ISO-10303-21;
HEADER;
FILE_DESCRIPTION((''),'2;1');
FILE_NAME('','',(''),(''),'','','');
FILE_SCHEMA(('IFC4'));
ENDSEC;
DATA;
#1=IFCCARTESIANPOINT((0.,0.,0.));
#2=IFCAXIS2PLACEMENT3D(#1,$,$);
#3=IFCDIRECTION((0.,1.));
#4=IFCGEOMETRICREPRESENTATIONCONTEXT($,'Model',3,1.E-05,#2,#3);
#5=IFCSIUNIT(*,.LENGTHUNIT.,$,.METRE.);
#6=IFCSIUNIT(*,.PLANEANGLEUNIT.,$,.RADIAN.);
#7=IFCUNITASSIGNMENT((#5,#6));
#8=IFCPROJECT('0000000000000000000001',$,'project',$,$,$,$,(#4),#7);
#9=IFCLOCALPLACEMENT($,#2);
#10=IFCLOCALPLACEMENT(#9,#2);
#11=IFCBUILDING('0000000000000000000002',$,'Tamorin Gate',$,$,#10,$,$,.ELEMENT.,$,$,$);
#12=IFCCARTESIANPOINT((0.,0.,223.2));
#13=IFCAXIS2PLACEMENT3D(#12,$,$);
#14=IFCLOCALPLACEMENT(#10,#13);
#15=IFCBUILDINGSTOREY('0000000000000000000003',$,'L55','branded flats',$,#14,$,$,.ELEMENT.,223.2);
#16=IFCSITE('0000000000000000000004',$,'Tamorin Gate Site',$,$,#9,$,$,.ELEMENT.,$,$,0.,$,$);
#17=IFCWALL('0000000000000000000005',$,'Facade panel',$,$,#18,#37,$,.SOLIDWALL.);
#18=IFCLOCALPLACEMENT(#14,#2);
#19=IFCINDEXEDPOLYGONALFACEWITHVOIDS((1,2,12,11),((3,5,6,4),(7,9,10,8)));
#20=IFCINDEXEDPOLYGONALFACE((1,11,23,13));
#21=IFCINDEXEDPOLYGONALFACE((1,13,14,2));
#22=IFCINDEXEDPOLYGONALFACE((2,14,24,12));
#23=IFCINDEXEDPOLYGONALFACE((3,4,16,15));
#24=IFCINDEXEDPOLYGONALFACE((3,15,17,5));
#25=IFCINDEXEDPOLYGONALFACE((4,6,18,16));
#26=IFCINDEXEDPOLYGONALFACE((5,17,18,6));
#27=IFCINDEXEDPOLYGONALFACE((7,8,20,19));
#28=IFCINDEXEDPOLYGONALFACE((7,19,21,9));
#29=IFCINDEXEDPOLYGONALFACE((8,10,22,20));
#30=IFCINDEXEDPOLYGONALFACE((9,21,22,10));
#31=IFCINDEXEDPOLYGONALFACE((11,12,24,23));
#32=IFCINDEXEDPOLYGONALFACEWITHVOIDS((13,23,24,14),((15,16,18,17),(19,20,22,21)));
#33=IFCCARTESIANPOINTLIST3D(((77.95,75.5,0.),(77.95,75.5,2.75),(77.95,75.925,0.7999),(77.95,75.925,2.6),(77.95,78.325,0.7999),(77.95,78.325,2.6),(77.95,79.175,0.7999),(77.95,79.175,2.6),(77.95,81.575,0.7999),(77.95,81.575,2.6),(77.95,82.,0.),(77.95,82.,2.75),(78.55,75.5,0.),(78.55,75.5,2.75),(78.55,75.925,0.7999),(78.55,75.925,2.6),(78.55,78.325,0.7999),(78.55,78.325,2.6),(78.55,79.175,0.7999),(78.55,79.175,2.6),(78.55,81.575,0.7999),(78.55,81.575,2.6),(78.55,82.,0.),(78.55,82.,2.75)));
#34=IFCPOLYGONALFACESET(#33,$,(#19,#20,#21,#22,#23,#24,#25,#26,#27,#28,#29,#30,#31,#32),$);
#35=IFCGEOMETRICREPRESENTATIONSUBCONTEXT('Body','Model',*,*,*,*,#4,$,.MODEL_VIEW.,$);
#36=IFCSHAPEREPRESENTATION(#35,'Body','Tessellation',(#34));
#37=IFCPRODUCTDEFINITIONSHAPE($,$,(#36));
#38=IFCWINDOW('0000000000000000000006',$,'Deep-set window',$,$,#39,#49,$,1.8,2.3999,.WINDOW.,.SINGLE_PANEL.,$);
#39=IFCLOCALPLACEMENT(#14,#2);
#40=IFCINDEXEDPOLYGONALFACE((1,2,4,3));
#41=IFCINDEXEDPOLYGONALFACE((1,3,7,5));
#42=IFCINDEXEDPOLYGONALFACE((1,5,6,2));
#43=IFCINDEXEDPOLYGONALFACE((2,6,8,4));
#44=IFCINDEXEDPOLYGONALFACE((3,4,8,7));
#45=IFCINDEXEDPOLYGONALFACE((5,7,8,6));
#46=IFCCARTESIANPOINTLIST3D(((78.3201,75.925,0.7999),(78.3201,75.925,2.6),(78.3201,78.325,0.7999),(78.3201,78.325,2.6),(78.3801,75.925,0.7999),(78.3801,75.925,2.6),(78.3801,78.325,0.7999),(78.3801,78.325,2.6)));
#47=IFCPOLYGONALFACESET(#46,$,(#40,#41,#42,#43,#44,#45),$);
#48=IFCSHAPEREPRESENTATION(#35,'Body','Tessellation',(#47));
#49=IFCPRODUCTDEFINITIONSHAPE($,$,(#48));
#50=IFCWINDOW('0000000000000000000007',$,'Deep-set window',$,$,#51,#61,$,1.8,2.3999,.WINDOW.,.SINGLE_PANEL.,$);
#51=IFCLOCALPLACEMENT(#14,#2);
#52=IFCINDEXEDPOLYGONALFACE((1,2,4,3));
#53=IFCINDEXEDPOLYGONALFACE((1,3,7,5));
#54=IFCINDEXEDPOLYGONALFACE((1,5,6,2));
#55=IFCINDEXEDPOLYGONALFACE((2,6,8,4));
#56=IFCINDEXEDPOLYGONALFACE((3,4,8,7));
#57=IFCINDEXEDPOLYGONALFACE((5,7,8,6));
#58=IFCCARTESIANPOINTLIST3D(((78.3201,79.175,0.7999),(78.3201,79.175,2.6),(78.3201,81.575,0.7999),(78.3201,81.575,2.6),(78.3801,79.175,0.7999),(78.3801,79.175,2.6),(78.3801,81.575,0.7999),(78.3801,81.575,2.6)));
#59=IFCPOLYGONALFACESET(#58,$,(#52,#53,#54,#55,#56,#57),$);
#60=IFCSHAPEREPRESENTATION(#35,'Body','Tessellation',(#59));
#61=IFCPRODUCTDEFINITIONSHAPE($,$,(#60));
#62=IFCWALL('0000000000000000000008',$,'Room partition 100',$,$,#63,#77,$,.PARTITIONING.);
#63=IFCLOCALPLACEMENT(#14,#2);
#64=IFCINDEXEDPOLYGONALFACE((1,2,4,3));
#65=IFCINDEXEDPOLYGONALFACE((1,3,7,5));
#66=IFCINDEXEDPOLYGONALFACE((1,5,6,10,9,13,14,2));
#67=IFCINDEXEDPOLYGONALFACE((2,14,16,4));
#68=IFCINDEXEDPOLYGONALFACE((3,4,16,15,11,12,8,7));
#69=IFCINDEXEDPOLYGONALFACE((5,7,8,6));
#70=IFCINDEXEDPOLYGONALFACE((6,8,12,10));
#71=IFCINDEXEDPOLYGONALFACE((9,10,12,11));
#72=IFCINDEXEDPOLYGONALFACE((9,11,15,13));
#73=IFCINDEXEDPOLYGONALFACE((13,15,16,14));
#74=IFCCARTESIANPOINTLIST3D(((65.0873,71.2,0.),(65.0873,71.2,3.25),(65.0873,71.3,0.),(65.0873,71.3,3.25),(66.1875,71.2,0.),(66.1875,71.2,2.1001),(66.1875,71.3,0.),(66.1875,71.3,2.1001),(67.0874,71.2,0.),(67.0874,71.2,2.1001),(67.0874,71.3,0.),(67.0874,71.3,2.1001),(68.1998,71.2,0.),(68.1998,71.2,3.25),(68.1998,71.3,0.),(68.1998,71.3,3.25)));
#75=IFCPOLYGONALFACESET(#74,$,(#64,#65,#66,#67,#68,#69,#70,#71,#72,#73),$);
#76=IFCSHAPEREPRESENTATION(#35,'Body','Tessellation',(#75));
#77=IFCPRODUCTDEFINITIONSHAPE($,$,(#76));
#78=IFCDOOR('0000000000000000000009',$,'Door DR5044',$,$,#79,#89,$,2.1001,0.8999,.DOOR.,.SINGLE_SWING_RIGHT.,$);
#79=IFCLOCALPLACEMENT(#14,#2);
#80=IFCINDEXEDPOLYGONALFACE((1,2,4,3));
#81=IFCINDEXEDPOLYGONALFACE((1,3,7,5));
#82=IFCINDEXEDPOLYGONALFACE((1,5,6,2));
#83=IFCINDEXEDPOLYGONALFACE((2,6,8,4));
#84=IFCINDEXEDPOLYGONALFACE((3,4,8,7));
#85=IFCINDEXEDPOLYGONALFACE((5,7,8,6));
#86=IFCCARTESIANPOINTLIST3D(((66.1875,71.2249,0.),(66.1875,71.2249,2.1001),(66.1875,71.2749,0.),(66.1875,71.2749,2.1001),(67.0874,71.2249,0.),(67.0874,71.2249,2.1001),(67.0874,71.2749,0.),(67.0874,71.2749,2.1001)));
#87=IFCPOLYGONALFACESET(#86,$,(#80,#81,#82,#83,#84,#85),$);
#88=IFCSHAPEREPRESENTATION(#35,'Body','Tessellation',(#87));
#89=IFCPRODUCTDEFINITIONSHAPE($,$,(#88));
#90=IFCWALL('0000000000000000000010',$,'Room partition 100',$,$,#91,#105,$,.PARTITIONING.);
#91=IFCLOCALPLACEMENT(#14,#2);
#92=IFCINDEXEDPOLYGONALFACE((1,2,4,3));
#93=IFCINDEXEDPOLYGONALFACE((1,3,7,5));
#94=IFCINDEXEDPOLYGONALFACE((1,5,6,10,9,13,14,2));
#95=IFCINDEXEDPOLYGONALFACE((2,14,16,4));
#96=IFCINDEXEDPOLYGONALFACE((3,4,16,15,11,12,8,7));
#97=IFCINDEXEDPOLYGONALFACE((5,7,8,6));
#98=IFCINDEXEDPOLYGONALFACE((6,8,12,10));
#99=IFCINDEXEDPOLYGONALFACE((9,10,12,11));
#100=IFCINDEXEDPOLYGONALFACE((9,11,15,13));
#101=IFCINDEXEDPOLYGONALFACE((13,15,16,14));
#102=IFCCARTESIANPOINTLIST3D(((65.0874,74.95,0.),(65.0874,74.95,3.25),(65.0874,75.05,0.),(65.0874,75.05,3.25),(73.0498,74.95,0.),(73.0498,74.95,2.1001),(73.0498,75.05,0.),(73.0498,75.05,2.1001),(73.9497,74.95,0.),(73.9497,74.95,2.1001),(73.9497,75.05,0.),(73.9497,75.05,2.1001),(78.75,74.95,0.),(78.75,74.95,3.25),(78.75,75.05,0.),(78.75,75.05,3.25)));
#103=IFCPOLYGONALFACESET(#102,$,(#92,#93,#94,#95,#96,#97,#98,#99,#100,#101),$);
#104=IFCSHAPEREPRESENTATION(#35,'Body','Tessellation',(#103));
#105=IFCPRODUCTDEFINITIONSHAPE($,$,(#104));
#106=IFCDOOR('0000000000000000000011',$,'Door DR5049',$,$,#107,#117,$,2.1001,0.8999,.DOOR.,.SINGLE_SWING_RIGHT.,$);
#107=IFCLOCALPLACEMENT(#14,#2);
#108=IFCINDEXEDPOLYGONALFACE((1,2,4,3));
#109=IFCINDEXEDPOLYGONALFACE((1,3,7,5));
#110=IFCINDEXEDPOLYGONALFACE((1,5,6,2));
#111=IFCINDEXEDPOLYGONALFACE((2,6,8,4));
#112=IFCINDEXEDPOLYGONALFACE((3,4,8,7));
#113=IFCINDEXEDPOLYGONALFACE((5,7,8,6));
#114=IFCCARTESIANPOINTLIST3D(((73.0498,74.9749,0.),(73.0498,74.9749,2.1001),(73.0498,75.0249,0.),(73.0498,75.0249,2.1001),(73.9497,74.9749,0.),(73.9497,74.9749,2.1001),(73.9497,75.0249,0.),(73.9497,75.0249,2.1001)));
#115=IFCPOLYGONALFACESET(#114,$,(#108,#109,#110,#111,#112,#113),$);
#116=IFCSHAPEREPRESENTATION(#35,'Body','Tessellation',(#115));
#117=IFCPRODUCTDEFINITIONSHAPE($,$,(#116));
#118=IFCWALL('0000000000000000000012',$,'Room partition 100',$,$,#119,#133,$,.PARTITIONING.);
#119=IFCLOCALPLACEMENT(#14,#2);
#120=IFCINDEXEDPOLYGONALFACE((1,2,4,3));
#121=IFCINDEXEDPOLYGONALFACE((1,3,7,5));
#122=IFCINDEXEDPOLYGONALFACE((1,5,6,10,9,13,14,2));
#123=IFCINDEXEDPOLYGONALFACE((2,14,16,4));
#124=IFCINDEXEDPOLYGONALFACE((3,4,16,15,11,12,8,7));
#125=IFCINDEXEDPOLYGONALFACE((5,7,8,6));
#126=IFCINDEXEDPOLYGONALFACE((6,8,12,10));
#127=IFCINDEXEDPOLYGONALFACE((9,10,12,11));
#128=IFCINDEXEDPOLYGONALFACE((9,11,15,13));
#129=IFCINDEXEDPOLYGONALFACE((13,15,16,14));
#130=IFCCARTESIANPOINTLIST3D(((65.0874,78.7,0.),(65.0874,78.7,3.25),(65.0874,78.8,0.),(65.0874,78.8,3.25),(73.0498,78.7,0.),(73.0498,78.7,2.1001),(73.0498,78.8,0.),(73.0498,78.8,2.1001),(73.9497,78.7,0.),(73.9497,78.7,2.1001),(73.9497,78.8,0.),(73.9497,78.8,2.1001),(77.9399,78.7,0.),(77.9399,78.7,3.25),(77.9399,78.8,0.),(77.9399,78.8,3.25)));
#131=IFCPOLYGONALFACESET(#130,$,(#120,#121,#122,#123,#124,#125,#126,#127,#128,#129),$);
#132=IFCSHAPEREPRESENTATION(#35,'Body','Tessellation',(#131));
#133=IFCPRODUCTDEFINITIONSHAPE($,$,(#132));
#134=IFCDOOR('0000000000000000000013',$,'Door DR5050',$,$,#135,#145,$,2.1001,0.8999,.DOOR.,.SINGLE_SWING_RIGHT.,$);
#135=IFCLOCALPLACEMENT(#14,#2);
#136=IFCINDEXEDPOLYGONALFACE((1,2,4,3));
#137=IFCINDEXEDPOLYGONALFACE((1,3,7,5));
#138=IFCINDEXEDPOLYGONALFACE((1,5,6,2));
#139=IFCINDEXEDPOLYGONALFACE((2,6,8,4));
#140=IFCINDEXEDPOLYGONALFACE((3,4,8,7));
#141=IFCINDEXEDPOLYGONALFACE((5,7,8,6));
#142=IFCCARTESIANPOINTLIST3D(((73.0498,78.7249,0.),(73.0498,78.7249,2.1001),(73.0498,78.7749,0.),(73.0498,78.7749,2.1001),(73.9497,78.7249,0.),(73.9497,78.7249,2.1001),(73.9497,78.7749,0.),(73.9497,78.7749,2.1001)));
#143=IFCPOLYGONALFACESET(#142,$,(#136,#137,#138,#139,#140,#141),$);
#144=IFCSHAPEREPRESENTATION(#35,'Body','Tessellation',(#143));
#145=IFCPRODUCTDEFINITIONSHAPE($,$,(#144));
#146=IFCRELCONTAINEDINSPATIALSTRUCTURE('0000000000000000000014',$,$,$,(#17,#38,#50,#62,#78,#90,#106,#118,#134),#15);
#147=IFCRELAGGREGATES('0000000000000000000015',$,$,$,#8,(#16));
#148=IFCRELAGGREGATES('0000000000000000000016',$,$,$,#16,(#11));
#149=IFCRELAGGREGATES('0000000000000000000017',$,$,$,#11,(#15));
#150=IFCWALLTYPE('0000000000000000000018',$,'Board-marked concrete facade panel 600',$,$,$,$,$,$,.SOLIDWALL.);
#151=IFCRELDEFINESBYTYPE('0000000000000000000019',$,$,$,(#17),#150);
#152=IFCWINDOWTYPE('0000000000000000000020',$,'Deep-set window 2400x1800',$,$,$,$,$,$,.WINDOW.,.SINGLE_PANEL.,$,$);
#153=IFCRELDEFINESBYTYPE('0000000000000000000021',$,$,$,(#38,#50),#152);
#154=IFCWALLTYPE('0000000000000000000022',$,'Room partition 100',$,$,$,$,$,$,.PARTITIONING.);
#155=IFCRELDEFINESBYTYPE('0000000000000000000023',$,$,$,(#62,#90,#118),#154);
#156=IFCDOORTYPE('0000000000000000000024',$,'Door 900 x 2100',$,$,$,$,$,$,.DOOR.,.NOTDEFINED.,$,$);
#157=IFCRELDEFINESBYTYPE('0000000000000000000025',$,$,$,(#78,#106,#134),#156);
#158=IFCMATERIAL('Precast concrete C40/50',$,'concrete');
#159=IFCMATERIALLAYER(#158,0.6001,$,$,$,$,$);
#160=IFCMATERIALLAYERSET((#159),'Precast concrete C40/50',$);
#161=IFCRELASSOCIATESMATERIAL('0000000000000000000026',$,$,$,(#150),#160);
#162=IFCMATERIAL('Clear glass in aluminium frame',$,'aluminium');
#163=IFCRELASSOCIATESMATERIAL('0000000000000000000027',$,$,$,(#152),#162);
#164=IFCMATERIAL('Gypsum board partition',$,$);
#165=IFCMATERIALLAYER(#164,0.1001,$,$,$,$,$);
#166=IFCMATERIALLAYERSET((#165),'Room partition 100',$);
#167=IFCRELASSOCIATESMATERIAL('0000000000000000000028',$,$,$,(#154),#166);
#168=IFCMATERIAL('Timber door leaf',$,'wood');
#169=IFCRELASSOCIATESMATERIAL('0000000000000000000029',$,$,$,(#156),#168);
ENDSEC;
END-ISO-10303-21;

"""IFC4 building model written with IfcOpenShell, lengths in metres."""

from ifc_helpers import new_model, si_unit, direction, frame, frame_2d, origin, place, context, subcontext, project, spatial, rectangle, extrude, material, layer, layer_set, type_object, element, fill, save


model = new_model("IFC4")

# Units and contexts
model_context = context("Model", 3, precision=1e-05, world=origin(), true_north=direction((0.0, 1.0)))
body_context = subcontext(model_context, "Body", "Model", "MODEL_VIEW")
ifc_project = project(units=[si_unit("LENGTHUNIT", "METRE"), si_unit("PLANEANGLEUNIT", "RADIAN")], contexts=[model_context])

# Site, building, storey
site_placement = place(None, origin())
site = spatial("IfcSite", under=ifc_project, at=site_placement, Name="Tamorin Gate Site", CompositionType="ELEMENT", RefElevation=0.0)
building_placement = place(site_placement, origin())
building = spatial("IfcBuilding", under=site, at=building_placement, Name="Tamorin Gate", CompositionType="ELEMENT")
storey_placement = place(building_placement, frame((0.0, 0.0, 223.2)))
storey = spatial("IfcBuildingStorey", under=building, at=storey_placement, Name="L55", Description="branded flats", CompositionType="ELEMENT", Elevation=223.2)

# Wall, openings, windows
ifc_material_1 = material(Name="Precast concrete C40/50", Category="concrete")
ifc_layer_1 = layer(ifc_material_1, 0.6001)
ifc_layer_set_1 = layer_set([ifc_layer_1], Name="Precast concrete C40/50")
wall_type_1 = type_object("IfcWallType", Name="Board-marked concrete facade panel 600", PredefinedType="SOLIDWALL", material=ifc_layer_set_1)
ifc_material_2 = material(Name="Clear glass in aluminium frame", Category="aluminium")
window_type = type_object("IfcWindowType", Name="Deep-set window 2400x1800", PartitioningType="SINGLE_PANEL", PredefinedType="WINDOW", material=ifc_material_2)
wall_1_placement = place(storey_placement, frame((78.25, 75.5, 0.0), z_axis=(0.0, 0.0, 1.0), x_axis=(0.0, 1.0, 0.0)))
wall_1 = element("IfcWall", 1, at=wall_1_placement, inside=storey, type_object=wall_type_1, Name="Facade panel", PredefinedType="SOLIDWALL", context=body_context, shape_type="SweptSolid", body=[
    extrude(rectangle(XDim=6.5, YDim=0.6001, at=frame_2d((3.25, 0.0))), origin(), (0.0, 0.0, 1.0), 2.75),
])
opening_1_placement = place(wall_1_placement, frame((0.425, 0.0, 0.8)))
opening_1 = element("IfcOpeningElement", 2, at=opening_1_placement, cuts=wall_1, PredefinedType="OPENING", context=body_context, shape_type="SweptSolid", body=[
    extrude(rectangle(XDim=2.3999, YDim=1.8, at=frame_2d((1.2, 0.8999))), frame((0.0, 0.3101, 0.0), z_axis=(0.0, -1.0, 0.0), x_axis=(1.0, 0.0, 0.0)), (0.0, 0.0, 1.0), 0.6201),
])
opening_2_placement = place(wall_1_placement, frame((3.675, 0.0, 0.8)))
opening_2 = element("IfcOpeningElement", 3, at=opening_2_placement, cuts=wall_1, PredefinedType="OPENING", context=body_context, shape_type="SweptSolid", body=[
    extrude(rectangle(XDim=2.3999, YDim=1.8, at=frame_2d((1.2, 0.8999))), frame((0.0, 0.3101, 0.0), z_axis=(0.0, -1.0, 0.0), x_axis=(1.0, 0.0, 0.0)), (0.0, 0.0, 1.0), 0.6201),
])
window_1_placement = place(opening_1_placement, origin())
window_1 = element("IfcWindow", 4, at=window_1_placement, inside=storey, type_object=window_type, Name="Deep-set window", OverallHeight=1.8, OverallWidth=2.3999, PartitioningType="SINGLE_PANEL", PredefinedType="WINDOW", context=body_context, shape_type="SweptSolid", body=[
    extrude(rectangle(XDim=2.3999, YDim=1.8, at=frame_2d((1.2, 0.8999))), frame((0.0, -0.0701, 0.0), z_axis=(0.0, -1.0, 0.0), x_axis=(1.0, 0.0, 0.0)), (0.0, 0.0, 1.0), 0.0601),
])
fill(opening_1, window_1)
window_2_placement = place(opening_2_placement, origin())
window_2 = element("IfcWindow", 5, at=window_2_placement, inside=storey, type_object=window_type, Name="Deep-set window", OverallHeight=1.8, OverallWidth=2.3999, PartitioningType="SINGLE_PANEL", PredefinedType="WINDOW", context=body_context, shape_type="SweptSolid", body=[
    extrude(rectangle(XDim=2.3999, YDim=1.8, at=frame_2d((1.2, 0.8999))), frame((0.0, -0.0701, 0.0), z_axis=(0.0, -1.0, 0.0), x_axis=(1.0, 0.0, 0.0)), (0.0, 0.0, 1.0), 0.0601),
])
fill(opening_2, window_2)

# Walls, openings, doors
ifc_material_3 = material(Name="Gypsum board partition")
ifc_layer_2 = layer(ifc_material_3, 0.1001)
ifc_layer_set_2 = layer_set([ifc_layer_2], Name="Room partition 100")
wall_type_2 = type_object("IfcWallType", Name="Room partition 100", PredefinedType="PARTITIONING", material=ifc_layer_set_2)
wall_2_placement = place(storey_placement, frame((65.0874, 71.25, 0.0), z_axis=(0.0, 0.0, 1.0), x_axis=(1.0, 0.0, 0.0)))
wall_2 = element("IfcWall", 6, at=wall_2_placement, inside=storey, type_object=wall_type_2, Name="Room partition 100", PredefinedType="PARTITIONING", context=body_context, shape_type="SweptSolid", body=[
    extrude(rectangle(XDim=3.1125, YDim=0.1001, at=frame_2d((1.5562, 0.0))), origin(), (0.0, 0.0, 1.0), 3.25),
])
opening_3_placement = place(wall_2_placement, frame((1.1001, 0.0, 0.0)))
opening_3 = element("IfcOpeningElement", 7, at=opening_3_placement, cuts=wall_2, PredefinedType="OPENING", context=body_context, shape_type="SweptSolid", body=[
    extrude(rectangle(XDim=0.8999, YDim=2.1001, at=frame_2d((0.45, 1.05))), frame((0.0, 0.0601, 0.0), z_axis=(0.0, -1.0, 0.0), x_axis=(1.0, 0.0, 0.0)), (0.0, 0.0, 1.0), 0.1201),
])
ifc_material_4 = material(Name="Timber door leaf", Category="wood")
door_type = type_object("IfcDoorType", Name="Door 900 x 2100", OperationType="NOTDEFINED", PredefinedType="DOOR", material=ifc_material_4)
door_1_placement = place(opening_3_placement, origin())
door_1 = element("IfcDoor", 8, at=door_1_placement, inside=storey, type_object=door_type, Name="Door DR5044", OperationType="SINGLE_SWING_RIGHT", OverallHeight=2.1001, OverallWidth=0.8999, PredefinedType="DOOR", context=body_context, shape_type="SweptSolid", body=[
    extrude(rectangle(XDim=0.8999, YDim=2.1001, at=frame_2d((0.45, 1.05))), frame((0.0, 0.0249, 0.0), z_axis=(0.0, -1.0, 0.0), x_axis=(1.0, 0.0, 0.0)), (0.0, 0.0, 1.0), 0.05),
])
fill(opening_3, door_1)
wall_3_placement = place(storey_placement, frame((65.0874, 75.0, 0.0), z_axis=(0.0, 0.0, 1.0), x_axis=(1.0, 0.0, 0.0)))
wall_3 = element("IfcWall", 9, at=wall_3_placement, inside=storey, type_object=wall_type_2, Name="Room partition 100", PredefinedType="PARTITIONING", context=body_context, shape_type="SweptSolid", body=[
    extrude(rectangle(XDim=13.6626, YDim=0.1001, at=frame_2d((6.8313, 0.0))), origin(), (0.0, 0.0, 1.0), 3.25),
])
opening_4_placement = place(wall_3_placement, frame((7.9624, 0.0, 0.0)))
opening_4 = element("IfcOpeningElement", 10, at=opening_4_placement, cuts=wall_3, PredefinedType="OPENING", context=body_context, shape_type="SweptSolid", body=[
    extrude(rectangle(XDim=0.8999, YDim=2.1001, at=frame_2d((0.45, 1.05))), frame((0.0, 0.0601, 0.0), z_axis=(0.0, -1.0, 0.0), x_axis=(1.0, 0.0, 0.0)), (0.0, 0.0, 1.0), 0.1201),
])
door_2_placement = place(opening_4_placement, origin())
door_2 = element("IfcDoor", 11, at=door_2_placement, inside=storey, type_object=door_type, Name="Door DR5049", OperationType="SINGLE_SWING_RIGHT", OverallHeight=2.1001, OverallWidth=0.8999, PredefinedType="DOOR", context=body_context, shape_type="SweptSolid", body=[
    extrude(rectangle(XDim=0.8999, YDim=2.1001, at=frame_2d((0.45, 1.05))), frame((0.0, 0.0249, 0.0), z_axis=(0.0, -1.0, 0.0), x_axis=(1.0, 0.0, 0.0)), (0.0, 0.0, 1.0), 0.05),
])
fill(opening_4, door_2)
wall_4_placement = place(storey_placement, frame((65.0874, 78.75, 0.0), z_axis=(0.0, 0.0, 1.0), x_axis=(1.0, 0.0, 0.0)))
wall_4 = element("IfcWall", 12, at=wall_4_placement, inside=storey, type_object=wall_type_2, Name="Room partition 100", PredefinedType="PARTITIONING", context=body_context, shape_type="SweptSolid", body=[
    extrude(rectangle(XDim=12.8525, YDim=0.1001, at=frame_2d((6.4263, 0.0))), origin(), (0.0, 0.0, 1.0), 3.25),
])
opening_5_placement = place(wall_4_placement, frame((7.9624, 0.0, 0.0)))
opening_5 = element("IfcOpeningElement", 13, at=opening_5_placement, cuts=wall_4, PredefinedType="OPENING", context=body_context, shape_type="SweptSolid", body=[
    extrude(rectangle(XDim=0.8999, YDim=2.1001, at=frame_2d((0.45, 1.05))), frame((0.0, 0.0601, 0.0), z_axis=(0.0, -1.0, 0.0), x_axis=(1.0, 0.0, 0.0)), (0.0, 0.0, 1.0), 0.1201),
])
door_3_placement = place(opening_5_placement, origin())
door_3 = element("IfcDoor", 14, at=door_3_placement, inside=storey, type_object=door_type, Name="Door DR5050", OperationType="SINGLE_SWING_RIGHT", OverallHeight=2.1001, OverallWidth=0.8999, PredefinedType="DOOR", context=body_context, shape_type="SweptSolid", body=[
    extrude(rectangle(XDim=0.8999, YDim=2.1001, at=frame_2d((0.45, 1.05))), frame((0.0, 0.0249, 0.0), z_axis=(0.0, -1.0, 0.0), x_axis=(1.0, 0.0, 0.0)), (0.0, 0.0, 1.0), 0.05),
])
fill(opening_5, door_3)

save(model, "model.ifc")
